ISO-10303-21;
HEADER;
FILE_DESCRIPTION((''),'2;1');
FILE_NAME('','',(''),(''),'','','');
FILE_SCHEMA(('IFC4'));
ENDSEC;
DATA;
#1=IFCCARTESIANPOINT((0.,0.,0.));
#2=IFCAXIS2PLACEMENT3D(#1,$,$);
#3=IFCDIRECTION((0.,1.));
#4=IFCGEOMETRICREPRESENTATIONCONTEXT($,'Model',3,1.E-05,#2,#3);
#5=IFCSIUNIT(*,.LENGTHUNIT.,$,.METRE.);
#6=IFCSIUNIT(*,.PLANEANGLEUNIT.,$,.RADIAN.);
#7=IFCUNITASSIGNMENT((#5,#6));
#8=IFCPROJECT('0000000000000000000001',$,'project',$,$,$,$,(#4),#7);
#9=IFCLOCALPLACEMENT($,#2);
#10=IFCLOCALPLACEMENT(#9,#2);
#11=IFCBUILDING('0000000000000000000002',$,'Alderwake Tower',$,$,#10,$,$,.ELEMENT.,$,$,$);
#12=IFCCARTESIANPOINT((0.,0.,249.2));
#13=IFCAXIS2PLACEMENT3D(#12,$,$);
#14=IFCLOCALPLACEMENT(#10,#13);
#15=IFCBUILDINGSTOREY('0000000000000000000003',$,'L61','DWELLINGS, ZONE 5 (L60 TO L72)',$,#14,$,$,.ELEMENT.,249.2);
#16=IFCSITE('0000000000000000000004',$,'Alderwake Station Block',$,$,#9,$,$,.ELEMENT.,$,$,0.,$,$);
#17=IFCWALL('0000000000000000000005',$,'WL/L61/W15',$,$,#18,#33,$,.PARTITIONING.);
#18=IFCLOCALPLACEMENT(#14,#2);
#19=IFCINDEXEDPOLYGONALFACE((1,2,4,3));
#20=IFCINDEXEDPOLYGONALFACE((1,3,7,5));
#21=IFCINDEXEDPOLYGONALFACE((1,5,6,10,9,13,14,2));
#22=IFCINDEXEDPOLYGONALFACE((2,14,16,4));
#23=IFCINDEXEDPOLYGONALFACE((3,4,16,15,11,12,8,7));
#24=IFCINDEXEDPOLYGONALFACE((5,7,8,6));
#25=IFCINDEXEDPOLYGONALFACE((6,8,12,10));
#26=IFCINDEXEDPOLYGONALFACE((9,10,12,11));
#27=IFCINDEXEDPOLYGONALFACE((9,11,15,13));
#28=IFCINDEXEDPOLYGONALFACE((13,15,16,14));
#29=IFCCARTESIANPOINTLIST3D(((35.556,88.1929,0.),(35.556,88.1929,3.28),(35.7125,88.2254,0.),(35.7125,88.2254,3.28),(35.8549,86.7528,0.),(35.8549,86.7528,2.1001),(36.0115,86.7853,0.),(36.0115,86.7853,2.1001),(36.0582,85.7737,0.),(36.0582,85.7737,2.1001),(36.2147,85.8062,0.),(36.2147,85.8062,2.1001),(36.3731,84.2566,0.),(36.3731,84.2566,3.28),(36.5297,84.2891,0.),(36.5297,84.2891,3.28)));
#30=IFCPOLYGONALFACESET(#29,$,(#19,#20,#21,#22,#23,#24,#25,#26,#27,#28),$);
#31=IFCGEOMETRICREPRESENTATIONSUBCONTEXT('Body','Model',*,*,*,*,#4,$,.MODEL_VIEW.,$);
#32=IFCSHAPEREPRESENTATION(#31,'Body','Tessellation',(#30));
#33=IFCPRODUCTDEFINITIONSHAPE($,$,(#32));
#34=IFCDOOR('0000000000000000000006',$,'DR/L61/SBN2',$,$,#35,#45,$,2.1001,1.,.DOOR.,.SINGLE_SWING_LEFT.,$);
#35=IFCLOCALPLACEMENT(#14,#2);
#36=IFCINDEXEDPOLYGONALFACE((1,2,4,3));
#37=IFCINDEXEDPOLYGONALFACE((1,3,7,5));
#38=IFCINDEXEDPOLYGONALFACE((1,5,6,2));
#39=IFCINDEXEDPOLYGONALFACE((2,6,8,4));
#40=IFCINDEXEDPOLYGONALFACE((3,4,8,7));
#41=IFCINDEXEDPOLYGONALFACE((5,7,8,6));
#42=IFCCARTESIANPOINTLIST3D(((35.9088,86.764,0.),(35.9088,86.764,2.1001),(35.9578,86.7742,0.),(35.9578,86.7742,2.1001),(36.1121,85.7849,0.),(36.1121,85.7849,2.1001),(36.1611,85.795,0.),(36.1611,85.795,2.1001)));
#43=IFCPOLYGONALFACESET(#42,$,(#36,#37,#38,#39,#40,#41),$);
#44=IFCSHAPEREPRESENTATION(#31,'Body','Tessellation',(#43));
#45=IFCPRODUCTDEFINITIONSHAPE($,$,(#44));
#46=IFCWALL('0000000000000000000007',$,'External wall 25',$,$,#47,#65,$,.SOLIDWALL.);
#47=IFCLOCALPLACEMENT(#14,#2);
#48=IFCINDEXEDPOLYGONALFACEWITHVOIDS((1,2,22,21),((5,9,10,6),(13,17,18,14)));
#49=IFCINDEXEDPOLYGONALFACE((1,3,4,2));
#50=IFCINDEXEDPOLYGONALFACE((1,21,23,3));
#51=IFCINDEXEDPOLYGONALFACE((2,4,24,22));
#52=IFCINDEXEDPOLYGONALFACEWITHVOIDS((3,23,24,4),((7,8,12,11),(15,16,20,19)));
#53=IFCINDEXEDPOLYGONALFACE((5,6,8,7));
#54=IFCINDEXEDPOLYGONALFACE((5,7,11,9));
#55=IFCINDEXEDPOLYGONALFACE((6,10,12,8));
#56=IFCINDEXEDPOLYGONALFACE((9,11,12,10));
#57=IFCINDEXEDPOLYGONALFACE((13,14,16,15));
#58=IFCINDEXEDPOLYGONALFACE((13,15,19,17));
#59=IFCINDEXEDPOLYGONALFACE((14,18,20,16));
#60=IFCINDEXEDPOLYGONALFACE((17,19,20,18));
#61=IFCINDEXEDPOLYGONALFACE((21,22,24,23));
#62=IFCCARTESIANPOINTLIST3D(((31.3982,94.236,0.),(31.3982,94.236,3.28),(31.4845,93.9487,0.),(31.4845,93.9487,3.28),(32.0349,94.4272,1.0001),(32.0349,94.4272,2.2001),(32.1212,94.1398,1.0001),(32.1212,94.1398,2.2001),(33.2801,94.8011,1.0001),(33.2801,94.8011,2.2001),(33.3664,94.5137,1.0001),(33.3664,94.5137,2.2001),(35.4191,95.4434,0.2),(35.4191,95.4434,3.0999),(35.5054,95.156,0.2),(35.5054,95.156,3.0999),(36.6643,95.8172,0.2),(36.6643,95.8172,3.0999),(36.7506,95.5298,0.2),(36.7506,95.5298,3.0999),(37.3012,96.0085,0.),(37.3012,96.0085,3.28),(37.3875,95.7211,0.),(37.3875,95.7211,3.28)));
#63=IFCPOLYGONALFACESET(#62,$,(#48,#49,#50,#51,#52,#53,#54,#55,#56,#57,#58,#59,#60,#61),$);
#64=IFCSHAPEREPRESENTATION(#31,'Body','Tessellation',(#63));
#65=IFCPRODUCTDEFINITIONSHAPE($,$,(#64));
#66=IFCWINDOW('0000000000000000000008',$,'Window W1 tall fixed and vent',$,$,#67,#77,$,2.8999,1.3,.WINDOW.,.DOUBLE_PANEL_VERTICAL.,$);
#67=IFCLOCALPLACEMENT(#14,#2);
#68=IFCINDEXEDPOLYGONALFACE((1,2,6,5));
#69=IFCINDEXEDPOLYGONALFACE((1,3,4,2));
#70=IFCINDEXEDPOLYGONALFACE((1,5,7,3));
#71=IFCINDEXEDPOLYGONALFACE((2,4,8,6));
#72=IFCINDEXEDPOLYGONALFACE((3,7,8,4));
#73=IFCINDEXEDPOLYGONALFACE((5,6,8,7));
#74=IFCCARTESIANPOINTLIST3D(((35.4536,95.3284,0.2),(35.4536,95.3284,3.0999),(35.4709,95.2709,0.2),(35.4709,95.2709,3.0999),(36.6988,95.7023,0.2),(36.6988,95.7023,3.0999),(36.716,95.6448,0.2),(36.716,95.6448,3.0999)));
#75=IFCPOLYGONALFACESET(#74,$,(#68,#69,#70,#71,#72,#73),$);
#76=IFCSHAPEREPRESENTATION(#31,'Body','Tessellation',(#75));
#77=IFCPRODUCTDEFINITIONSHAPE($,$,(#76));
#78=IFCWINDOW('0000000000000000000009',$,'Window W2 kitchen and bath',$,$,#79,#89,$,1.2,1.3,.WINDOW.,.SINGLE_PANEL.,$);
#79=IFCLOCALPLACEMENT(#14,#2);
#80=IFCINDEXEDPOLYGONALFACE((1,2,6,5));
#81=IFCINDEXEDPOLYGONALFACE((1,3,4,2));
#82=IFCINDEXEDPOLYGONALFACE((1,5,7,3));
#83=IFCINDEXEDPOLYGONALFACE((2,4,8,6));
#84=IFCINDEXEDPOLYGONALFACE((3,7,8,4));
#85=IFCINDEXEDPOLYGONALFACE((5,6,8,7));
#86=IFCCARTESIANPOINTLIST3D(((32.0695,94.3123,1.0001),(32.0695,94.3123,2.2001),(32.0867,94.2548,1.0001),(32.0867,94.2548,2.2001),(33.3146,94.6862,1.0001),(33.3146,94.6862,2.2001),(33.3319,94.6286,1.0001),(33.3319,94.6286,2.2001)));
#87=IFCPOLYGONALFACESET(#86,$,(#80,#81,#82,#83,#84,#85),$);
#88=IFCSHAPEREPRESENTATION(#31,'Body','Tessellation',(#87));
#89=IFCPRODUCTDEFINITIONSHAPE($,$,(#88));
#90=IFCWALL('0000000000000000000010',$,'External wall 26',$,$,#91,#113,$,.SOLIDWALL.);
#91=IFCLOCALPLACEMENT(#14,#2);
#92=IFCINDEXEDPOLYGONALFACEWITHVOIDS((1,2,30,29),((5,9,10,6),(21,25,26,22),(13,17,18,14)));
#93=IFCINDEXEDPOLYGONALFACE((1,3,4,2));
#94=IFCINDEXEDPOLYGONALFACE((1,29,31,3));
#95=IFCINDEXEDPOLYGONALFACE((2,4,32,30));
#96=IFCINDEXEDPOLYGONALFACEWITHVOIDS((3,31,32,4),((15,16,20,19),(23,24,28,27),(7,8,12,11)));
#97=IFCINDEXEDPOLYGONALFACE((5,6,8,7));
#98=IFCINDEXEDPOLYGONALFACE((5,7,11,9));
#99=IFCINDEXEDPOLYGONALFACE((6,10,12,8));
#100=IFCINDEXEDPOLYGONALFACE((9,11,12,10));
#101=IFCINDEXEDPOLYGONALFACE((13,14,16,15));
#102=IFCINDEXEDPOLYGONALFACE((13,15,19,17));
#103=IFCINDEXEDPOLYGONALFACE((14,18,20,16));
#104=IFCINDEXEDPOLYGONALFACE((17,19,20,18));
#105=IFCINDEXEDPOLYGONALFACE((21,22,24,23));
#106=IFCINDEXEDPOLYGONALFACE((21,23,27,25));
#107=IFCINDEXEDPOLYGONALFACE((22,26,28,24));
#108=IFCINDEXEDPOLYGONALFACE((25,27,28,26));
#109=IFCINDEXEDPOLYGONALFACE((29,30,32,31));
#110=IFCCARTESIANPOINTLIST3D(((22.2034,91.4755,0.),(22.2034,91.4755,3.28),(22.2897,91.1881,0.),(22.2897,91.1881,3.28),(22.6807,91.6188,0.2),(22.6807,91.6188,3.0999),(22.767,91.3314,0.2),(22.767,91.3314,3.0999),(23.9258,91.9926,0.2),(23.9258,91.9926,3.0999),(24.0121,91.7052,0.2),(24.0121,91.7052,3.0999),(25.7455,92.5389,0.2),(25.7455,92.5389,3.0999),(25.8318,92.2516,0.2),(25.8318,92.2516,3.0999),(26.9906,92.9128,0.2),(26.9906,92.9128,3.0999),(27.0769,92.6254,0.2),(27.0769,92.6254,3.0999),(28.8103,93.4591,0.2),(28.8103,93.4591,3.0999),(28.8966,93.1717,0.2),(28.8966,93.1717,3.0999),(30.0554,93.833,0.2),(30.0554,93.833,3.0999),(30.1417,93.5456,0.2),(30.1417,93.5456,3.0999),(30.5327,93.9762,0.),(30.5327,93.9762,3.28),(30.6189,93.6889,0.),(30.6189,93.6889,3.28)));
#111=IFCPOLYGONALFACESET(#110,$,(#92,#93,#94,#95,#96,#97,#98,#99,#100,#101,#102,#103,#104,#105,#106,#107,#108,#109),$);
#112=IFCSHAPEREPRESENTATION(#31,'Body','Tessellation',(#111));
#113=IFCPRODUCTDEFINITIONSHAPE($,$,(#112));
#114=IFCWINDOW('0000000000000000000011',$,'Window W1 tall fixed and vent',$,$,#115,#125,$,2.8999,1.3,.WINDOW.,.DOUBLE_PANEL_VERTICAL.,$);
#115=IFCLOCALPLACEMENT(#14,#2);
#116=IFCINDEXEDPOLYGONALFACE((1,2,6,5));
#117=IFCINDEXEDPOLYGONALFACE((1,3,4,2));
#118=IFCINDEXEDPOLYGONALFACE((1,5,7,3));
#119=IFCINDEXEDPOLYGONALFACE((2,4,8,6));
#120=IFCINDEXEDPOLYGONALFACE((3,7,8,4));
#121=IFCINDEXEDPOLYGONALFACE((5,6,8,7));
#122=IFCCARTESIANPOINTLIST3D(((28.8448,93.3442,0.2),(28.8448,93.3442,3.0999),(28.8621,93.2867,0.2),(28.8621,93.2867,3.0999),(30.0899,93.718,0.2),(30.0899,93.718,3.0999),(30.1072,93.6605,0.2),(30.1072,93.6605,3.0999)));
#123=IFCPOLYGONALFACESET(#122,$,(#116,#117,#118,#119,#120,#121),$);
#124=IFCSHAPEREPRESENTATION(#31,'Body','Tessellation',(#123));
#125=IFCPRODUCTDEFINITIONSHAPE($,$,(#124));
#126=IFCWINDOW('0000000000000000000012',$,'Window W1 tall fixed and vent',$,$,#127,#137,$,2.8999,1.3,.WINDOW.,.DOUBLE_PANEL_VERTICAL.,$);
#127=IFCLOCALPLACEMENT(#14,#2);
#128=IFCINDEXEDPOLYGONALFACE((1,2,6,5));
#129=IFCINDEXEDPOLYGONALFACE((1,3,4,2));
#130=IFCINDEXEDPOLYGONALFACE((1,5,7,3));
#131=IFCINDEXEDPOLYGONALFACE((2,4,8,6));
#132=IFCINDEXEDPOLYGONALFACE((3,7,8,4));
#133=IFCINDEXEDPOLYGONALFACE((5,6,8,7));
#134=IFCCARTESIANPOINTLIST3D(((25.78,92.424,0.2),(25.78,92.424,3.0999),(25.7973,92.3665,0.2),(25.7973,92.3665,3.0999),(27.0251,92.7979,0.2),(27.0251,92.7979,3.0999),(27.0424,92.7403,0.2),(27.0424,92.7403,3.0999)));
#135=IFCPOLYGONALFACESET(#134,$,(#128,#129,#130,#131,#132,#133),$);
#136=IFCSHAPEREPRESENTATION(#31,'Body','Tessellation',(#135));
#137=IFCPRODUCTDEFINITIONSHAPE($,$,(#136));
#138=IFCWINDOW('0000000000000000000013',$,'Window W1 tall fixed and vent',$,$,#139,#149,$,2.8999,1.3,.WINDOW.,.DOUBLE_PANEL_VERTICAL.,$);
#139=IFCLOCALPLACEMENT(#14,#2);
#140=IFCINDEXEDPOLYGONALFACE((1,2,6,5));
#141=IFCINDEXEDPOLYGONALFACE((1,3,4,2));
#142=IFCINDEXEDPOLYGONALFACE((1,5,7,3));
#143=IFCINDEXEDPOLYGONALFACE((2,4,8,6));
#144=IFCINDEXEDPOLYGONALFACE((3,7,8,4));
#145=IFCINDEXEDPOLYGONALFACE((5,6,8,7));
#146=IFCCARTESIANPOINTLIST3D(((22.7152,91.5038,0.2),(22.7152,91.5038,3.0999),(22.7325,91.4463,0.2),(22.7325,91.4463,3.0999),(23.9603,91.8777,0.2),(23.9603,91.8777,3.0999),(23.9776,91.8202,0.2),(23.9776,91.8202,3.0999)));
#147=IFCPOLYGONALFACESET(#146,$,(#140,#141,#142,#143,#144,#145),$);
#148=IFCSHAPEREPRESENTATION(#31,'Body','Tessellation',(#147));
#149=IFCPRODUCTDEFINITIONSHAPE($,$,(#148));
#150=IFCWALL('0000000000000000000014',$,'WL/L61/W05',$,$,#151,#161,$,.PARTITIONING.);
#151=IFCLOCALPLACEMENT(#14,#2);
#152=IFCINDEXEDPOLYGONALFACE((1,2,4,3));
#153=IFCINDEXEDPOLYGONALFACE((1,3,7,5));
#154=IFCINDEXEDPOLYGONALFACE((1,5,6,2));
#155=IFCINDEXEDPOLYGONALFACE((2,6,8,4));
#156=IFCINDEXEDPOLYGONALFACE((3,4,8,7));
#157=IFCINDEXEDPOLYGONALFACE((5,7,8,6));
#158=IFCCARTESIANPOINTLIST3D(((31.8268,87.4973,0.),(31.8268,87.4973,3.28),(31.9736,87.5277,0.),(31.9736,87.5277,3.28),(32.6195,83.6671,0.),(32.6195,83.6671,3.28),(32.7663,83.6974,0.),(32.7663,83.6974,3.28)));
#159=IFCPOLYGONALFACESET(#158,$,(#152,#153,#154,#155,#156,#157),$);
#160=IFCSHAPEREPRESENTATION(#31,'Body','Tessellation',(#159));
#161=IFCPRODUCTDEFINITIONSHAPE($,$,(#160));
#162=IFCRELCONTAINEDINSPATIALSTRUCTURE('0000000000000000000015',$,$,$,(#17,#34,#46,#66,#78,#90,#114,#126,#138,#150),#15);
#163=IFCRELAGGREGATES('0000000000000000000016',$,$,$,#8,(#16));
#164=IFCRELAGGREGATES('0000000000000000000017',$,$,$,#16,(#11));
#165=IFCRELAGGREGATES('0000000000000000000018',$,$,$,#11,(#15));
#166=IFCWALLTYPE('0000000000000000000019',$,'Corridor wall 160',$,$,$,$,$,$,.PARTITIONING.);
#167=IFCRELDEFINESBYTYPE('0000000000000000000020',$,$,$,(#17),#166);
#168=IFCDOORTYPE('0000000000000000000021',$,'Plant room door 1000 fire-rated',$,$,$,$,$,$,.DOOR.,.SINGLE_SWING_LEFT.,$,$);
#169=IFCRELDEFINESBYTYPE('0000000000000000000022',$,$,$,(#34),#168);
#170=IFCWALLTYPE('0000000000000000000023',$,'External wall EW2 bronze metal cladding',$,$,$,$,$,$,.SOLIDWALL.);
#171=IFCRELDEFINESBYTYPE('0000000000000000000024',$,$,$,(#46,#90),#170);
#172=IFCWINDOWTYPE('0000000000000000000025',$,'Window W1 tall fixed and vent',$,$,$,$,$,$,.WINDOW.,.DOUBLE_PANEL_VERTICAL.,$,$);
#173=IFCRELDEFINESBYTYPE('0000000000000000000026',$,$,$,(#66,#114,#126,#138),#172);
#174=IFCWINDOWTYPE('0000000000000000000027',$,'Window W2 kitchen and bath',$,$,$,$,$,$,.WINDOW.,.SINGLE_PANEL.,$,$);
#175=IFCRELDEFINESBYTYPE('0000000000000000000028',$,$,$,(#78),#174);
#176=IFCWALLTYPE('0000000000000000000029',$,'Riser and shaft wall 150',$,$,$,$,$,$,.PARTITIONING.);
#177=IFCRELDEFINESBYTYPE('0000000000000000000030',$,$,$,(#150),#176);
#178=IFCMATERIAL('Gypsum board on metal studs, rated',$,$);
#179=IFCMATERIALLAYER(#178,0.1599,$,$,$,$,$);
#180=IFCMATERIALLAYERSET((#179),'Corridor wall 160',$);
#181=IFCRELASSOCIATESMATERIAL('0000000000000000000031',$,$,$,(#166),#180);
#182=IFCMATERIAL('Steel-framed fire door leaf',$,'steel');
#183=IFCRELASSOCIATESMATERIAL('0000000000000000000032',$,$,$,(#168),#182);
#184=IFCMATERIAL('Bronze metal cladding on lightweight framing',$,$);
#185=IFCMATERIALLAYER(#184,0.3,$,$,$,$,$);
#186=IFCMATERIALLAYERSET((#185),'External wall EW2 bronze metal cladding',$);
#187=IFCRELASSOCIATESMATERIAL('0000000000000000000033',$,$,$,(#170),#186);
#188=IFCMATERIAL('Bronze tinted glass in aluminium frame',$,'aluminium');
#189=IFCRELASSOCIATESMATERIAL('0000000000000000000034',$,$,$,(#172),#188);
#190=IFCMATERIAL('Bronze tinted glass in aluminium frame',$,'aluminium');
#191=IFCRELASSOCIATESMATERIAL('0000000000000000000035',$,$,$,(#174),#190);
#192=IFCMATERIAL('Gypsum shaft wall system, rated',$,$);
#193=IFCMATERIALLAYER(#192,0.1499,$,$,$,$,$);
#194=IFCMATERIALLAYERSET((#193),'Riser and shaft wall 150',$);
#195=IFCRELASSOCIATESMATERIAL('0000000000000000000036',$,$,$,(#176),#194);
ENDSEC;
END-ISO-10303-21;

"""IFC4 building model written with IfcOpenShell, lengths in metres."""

from ifc_helpers import new_model, si_unit, direction, frame, frame_2d, origin, place, context, subcontext, project, spatial, rectangle, extrude, material, layer, layer_set, type_object, element, fill, save


model = new_model("IFC4")

# Units and contexts
model_context = context("Model", 3, precision=1e-05, world=origin(), true_north=direction((0.0, 1.0)))
body_context = subcontext(model_context, "Body", "Model", "MODEL_VIEW")
ifc_project = project(units=[si_unit("LENGTHUNIT", "METRE"), si_unit("PLANEANGLEUNIT", "RADIAN")], contexts=[model_context])

# Site, building, storey
site_placement = place(None, origin())
site = spatial("IfcSite", under=ifc_project, at=site_placement, Name="Alderwake Station Block", CompositionType="ELEMENT", RefElevation=0.0)
building_placement = place(site_placement, origin())
building = spatial("IfcBuilding", under=site, at=building_placement, Name="Alderwake Tower", CompositionType="ELEMENT")
storey_placement = place(building_placement, frame((0.0, 0.0, 249.2)))
storey = spatial("IfcBuildingStorey", under=building, at=storey_placement, Name="L61", Description="DWELLINGS, ZONE 5 (L60 TO L72)", CompositionType="ELEMENT", Elevation=249.2)

# Shared definitions
ifc_material_1 = material(Name="Gypsum board on metal studs, rated")
ifc_layer_1 = layer(ifc_material_1, 0.1599)
ifc_layer_set_1 = layer_set([ifc_layer_1], Name="Corridor wall 160")
wall_type_1 = type_object("IfcWallType", Name="Corridor wall 160", PredefinedType="PARTITIONING", material=ifc_layer_set_1)

# Wall, opening, door
wall_1_placement = place(storey_placement, frame((36.4514, 84.2727, 0.0), z_axis=(0.0, 0.0, 1.0), x_axis=(-0.203258, 0.979125, 0.0)))
wall_1 = element("IfcWall", 1, at=wall_1_placement, inside=storey, type_object=wall_type_1, Name="WL/L61/W15", PredefinedType="PARTITIONING", context=body_context, shape_type="SweptSolid", body=[
    extrude(rectangle(XDim=4.0203, YDim=0.1599, at=frame_2d((2.0103, 0.0))), origin(), (0.0, 0.0, 1.0), 3.28),
])
opening_1_placement = place(wall_1_placement, frame((1.5496, 0.0, 0.0)))
opening_1 = element("IfcOpeningElement", 2, at=opening_1_placement, cuts=wall_1, PredefinedType="OPENING", context=body_context, shape_type="SweptSolid", body=[
    extrude(rectangle(XDim=1.0, YDim=2.1001, at=frame_2d((0.5, 1.05))), frame((0.0, 0.0898, 0.0), z_axis=(0.0, -1.0, 0.0), x_axis=(1.0, 0.0, 0.0)), (0.0, 0.0, 1.0), 0.1799),
])
ifc_material_2 = material(Name="Steel-framed fire door leaf", Category="steel")
door_type_1 = type_object("IfcDoorType", Name="Plant room door 1000 fire-rated", OperationType="SINGLE_SWING_LEFT", PredefinedType="DOOR", material=ifc_material_2)
door_1_placement = place(opening_1_placement, origin())
door_1 = element("IfcDoor", 3, at=door_1_placement, inside=storey, type_object=door_type_1, Name="DR/L61/SBN2", OperationType="SINGLE_SWING_LEFT", OverallHeight=2.1001, OverallWidth=1.0, PredefinedType="DOOR", context=body_context, shape_type="SweptSolid", body=[
    extrude(rectangle(XDim=1.0, YDim=2.1001, at=frame_2d((0.5, 1.05))), frame((0.0, 0.0249, 0.0), z_axis=(0.0, -1.0, 0.0), x_axis=(1.0, 0.0, 0.0)), (0.0, 0.0, 1.0), 0.05),
])
fill(opening_1, door_1)

# Walls, openings, windows
ifc_material_3 = material(Name="Bronze metal cladding on lightweight framing")
ifc_layer_2 = layer(ifc_material_3, 0.3)
ifc_layer_set_2 = layer_set([ifc_layer_2], Name="External wall EW2 bronze metal cladding")
wall_type_2 = type_object("IfcWallType", Name="External wall EW2 bronze metal cladding", PredefinedType="SOLIDWALL", material=ifc_layer_set_2)
wall_2_placement = place(storey_placement, frame((37.3442, 95.8647, 0.0), z_axis=(0.0, 0.0, 1.0), x_axis=(-0.957758, -0.287577, 0.0)))
wall_2 = element("IfcWall", 4, at=wall_2_placement, inside=storey, type_object=wall_type_2, Name="External wall 25", PredefinedType="SOLIDWALL", context=body_context, shape_type="SweptSolid", body=[
    extrude(rectangle(XDim=6.1633, YDim=0.3, at=frame_2d((3.0815, 0.0))), origin(), (0.0, 0.0, 1.0), 3.28),
])
opening_2_placement = place(wall_2_placement, frame((0.665, 0.0, 0.2)))
opening_2 = element("IfcOpeningElement", 5, at=opening_2_placement, cuts=wall_2, PredefinedType="OPENING", context=body_context, shape_type="SweptSolid", body=[
    extrude(rectangle(XDim=1.3, YDim=2.8999, at=frame_2d((0.6499, 1.45))), frame((0.0, 0.1599, 0.0), z_axis=(0.0, -1.0, 0.0), x_axis=(1.0, 0.0, 0.0)), (0.0, 0.0, 1.0), 0.3201),
])
opening_3_placement = place(wall_2_placement, frame((4.1985, 0.0, 1.0)))
opening_3 = element("IfcOpeningElement", 6, at=opening_3_placement, cuts=wall_2, PredefinedType="OPENING", context=body_context, shape_type="SweptSolid", body=[
    extrude(rectangle(XDim=1.3, YDim=1.2, at=frame_2d((0.6499, 0.6001))), frame((0.0, 0.1599, 0.0), z_axis=(0.0, -1.0, 0.0), x_axis=(1.0, 0.0, 0.0)), (0.0, 0.0, 1.0), 0.3201),
])
ifc_material_4 = material(Name="Bronze tinted glass in aluminium frame", Category="aluminium")
window_type_1 = type_object("IfcWindowType", Name="Window W1 tall fixed and vent", PartitioningType="DOUBLE_PANEL_VERTICAL", PredefinedType="WINDOW", material=ifc_material_4)
window_1_placement = place(opening_2_placement, origin())
window_1 = element("IfcWindow", 7, at=window_1_placement, inside=storey, type_object=window_type_1, Name="Window W1 tall fixed and vent", OverallHeight=2.8999, OverallWidth=1.3, PartitioningType="DOUBLE_PANEL_VERTICAL", PredefinedType="WINDOW", context=body_context, shape_type="SweptSolid", body=[
    extrude(rectangle(XDim=1.3, YDim=2.8999, at=frame_2d((0.6499, 1.45))), frame((0.0, 0.03, 0.0), z_axis=(0.0, -1.0, 0.0), x_axis=(1.0, 0.0, 0.0)), (0.0, 0.0, 1.0), 0.0601),
])
fill(opening_2, window_1)
ifc_material_5 = material(Name="Bronze tinted glass in aluminium frame", Category="aluminium")
window_type_2 = type_object("IfcWindowType", Name="Window W2 kitchen and bath", PartitioningType="SINGLE_PANEL", PredefinedType="WINDOW", material=ifc_material_5)
window_2_placement = place(opening_3_placement, origin())
window_2 = element("IfcWindow", 8, at=window_2_placement, inside=storey, type_object=window_type_2, Name="Window W2 kitchen and bath", OverallHeight=1.2, OverallWidth=1.3, PartitioningType="SINGLE_PANEL", PredefinedType="WINDOW", context=body_context, shape_type="SweptSolid", body=[
    extrude(rectangle(XDim=1.3, YDim=1.2, at=frame_2d((0.6499, 0.6001))), frame((0.0, 0.03, 0.0), z_axis=(0.0, -1.0, 0.0), x_axis=(1.0, 0.0, 0.0)), (0.0, 0.0, 1.0), 0.0601),
])
fill(opening_3, window_2)
wall_3_placement = place(storey_placement, frame((30.5757, 93.8325, 0.0), z_axis=(0.0, 0.0, 1.0), x_axis=(-0.957763, -0.287559, 0.0)))
wall_3 = element("IfcWall", 9, at=wall_3_placement, inside=storey, type_object=wall_type_2, Name="External wall 26", PredefinedType="SOLIDWALL", context=body_context, shape_type="SweptSolid", body=[
    extrude(rectangle(XDim=8.6965, YDim=0.3, at=frame_2d((4.3481, 0.0))), origin(), (0.0, 0.0, 1.0), 3.28),
])
opening_4_placement = place(wall_3_placement, frame((0.4983, 0.0, 0.2)))
opening_4 = element("IfcOpeningElement", 10, at=opening_4_placement, cuts=wall_3, PredefinedType="OPENING", context=body_context, shape_type="SweptSolid", body=[
    extrude(rectangle(XDim=1.3, YDim=2.8999, at=frame_2d((0.6499, 1.45))), frame((0.0, 0.1599, 0.0), z_axis=(0.0, -1.0, 0.0), x_axis=(1.0, 0.0, 0.0)), (0.0, 0.0, 1.0), 0.3201),
])
opening_5_placement = place(wall_3_placement, frame((3.6982, 0.0, 0.2)))
opening_5 = element("IfcOpeningElement", 11, at=opening_5_placement, cuts=wall_3, PredefinedType="OPENING", context=body_context, shape_type="SweptSolid", body=[
    extrude(rectangle(XDim=1.3, YDim=2.8999, at=frame_2d((0.6499, 1.45))), frame((0.0, 0.1599, 0.0), z_axis=(0.0, -1.0, 0.0), x_axis=(1.0, 0.0, 0.0)), (0.0, 0.0, 1.0), 0.3201),
])
opening_6_placement = place(wall_3_placement, frame((6.8982, 0.0, 0.2)))
opening_6 = element("IfcOpeningElement", 12, at=opening_6_placement, cuts=wall_3, PredefinedType="OPENING", context=body_context, shape_type="SweptSolid", body=[
    extrude(rectangle(XDim=1.3, YDim=2.8999, at=frame_2d((0.6499, 1.45))), frame((0.0, 0.1599, 0.0), z_axis=(0.0, -1.0, 0.0), x_axis=(1.0, 0.0, 0.0)), (0.0, 0.0, 1.0), 0.3201),
])
window_3_placement = place(opening_4_placement, origin())
window_3 = element("IfcWindow", 13, at=window_3_placement, inside=storey, type_object=window_type_1, Name="Window W1 tall fixed and vent", OverallHeight=2.8999, OverallWidth=1.3, PartitioningType="DOUBLE_PANEL_VERTICAL", PredefinedType="WINDOW", context=body_context, shape_type="SweptSolid", body=[
    extrude(rectangle(XDim=1.3, YDim=2.8999, at=frame_2d((0.6499, 1.45))), frame((0.0, 0.03, 0.0), z_axis=(0.0, -1.0, 0.0), x_axis=(1.0, 0.0, 0.0)), (0.0, 0.0, 1.0), 0.0601),
])
fill(opening_4, window_3)
window_4_placement = place(opening_5_placement, origin())
window_4 = element("IfcWindow", 14, at=window_4_placement, inside=storey, type_object=window_type_1, Name="Window W1 tall fixed and vent", OverallHeight=2.8999, OverallWidth=1.3, PartitioningType="DOUBLE_PANEL_VERTICAL", PredefinedType="WINDOW", context=body_context, shape_type="SweptSolid", body=[
    extrude(rectangle(XDim=1.3, YDim=2.8999, at=frame_2d((0.6499, 1.45))), frame((0.0, 0.03, 0.0), z_axis=(0.0, -1.0, 0.0), x_axis=(1.0, 0.0, 0.0)), (0.0, 0.0, 1.0), 0.0601),
])
fill(opening_5, window_4)
window_5_placement = place(opening_6_placement, origin())
window_5 = element("IfcWindow", 15, at=window_5_placement, inside=storey, type_object=window_type_1, Name="Window W1 tall fixed and vent", OverallHeight=2.8999, OverallWidth=1.3, PartitioningType="DOUBLE_PANEL_VERTICAL", PredefinedType="WINDOW", context=body_context, shape_type="SweptSolid", body=[
    extrude(rectangle(XDim=1.3, YDim=2.8999, at=frame_2d((0.6499, 1.45))), frame((0.0, 0.03, 0.0), z_axis=(0.0, -1.0, 0.0), x_axis=(1.0, 0.0, 0.0)), (0.0, 0.0, 1.0), 0.0601),
])
fill(opening_6, window_5)

# Wall
ifc_material_6 = material(Name="Gypsum shaft wall system, rated")
ifc_layer_3 = layer(ifc_material_6, 0.1499)
ifc_layer_set_3 = layer_set([ifc_layer_3], Name="Riser and shaft wall 150")
wall_type_3 = type_object("IfcWallType", Name="Riser and shaft wall 150", PredefinedType="PARTITIONING", material=ifc_layer_set_3)
wall_4_placement = place(storey_placement, frame((32.6929, 83.6824, 0.0), z_axis=(0.0, 0.0, 1.0), x_axis=(-0.202665, 0.979248, 0.0)))
element("IfcWall", 16, at=wall_4_placement, inside=storey, type_object=wall_type_3, Name="WL/L61/W05", PredefinedType="PARTITIONING", context=body_context, shape_type="SweptSolid", body=[
    extrude(rectangle(XDim=3.9114, YDim=0.1499, at=frame_2d((1.9556, 0.0))), origin(), (0.0, 0.0, 1.0), 3.28),
])

save(model, "model.ifc")
